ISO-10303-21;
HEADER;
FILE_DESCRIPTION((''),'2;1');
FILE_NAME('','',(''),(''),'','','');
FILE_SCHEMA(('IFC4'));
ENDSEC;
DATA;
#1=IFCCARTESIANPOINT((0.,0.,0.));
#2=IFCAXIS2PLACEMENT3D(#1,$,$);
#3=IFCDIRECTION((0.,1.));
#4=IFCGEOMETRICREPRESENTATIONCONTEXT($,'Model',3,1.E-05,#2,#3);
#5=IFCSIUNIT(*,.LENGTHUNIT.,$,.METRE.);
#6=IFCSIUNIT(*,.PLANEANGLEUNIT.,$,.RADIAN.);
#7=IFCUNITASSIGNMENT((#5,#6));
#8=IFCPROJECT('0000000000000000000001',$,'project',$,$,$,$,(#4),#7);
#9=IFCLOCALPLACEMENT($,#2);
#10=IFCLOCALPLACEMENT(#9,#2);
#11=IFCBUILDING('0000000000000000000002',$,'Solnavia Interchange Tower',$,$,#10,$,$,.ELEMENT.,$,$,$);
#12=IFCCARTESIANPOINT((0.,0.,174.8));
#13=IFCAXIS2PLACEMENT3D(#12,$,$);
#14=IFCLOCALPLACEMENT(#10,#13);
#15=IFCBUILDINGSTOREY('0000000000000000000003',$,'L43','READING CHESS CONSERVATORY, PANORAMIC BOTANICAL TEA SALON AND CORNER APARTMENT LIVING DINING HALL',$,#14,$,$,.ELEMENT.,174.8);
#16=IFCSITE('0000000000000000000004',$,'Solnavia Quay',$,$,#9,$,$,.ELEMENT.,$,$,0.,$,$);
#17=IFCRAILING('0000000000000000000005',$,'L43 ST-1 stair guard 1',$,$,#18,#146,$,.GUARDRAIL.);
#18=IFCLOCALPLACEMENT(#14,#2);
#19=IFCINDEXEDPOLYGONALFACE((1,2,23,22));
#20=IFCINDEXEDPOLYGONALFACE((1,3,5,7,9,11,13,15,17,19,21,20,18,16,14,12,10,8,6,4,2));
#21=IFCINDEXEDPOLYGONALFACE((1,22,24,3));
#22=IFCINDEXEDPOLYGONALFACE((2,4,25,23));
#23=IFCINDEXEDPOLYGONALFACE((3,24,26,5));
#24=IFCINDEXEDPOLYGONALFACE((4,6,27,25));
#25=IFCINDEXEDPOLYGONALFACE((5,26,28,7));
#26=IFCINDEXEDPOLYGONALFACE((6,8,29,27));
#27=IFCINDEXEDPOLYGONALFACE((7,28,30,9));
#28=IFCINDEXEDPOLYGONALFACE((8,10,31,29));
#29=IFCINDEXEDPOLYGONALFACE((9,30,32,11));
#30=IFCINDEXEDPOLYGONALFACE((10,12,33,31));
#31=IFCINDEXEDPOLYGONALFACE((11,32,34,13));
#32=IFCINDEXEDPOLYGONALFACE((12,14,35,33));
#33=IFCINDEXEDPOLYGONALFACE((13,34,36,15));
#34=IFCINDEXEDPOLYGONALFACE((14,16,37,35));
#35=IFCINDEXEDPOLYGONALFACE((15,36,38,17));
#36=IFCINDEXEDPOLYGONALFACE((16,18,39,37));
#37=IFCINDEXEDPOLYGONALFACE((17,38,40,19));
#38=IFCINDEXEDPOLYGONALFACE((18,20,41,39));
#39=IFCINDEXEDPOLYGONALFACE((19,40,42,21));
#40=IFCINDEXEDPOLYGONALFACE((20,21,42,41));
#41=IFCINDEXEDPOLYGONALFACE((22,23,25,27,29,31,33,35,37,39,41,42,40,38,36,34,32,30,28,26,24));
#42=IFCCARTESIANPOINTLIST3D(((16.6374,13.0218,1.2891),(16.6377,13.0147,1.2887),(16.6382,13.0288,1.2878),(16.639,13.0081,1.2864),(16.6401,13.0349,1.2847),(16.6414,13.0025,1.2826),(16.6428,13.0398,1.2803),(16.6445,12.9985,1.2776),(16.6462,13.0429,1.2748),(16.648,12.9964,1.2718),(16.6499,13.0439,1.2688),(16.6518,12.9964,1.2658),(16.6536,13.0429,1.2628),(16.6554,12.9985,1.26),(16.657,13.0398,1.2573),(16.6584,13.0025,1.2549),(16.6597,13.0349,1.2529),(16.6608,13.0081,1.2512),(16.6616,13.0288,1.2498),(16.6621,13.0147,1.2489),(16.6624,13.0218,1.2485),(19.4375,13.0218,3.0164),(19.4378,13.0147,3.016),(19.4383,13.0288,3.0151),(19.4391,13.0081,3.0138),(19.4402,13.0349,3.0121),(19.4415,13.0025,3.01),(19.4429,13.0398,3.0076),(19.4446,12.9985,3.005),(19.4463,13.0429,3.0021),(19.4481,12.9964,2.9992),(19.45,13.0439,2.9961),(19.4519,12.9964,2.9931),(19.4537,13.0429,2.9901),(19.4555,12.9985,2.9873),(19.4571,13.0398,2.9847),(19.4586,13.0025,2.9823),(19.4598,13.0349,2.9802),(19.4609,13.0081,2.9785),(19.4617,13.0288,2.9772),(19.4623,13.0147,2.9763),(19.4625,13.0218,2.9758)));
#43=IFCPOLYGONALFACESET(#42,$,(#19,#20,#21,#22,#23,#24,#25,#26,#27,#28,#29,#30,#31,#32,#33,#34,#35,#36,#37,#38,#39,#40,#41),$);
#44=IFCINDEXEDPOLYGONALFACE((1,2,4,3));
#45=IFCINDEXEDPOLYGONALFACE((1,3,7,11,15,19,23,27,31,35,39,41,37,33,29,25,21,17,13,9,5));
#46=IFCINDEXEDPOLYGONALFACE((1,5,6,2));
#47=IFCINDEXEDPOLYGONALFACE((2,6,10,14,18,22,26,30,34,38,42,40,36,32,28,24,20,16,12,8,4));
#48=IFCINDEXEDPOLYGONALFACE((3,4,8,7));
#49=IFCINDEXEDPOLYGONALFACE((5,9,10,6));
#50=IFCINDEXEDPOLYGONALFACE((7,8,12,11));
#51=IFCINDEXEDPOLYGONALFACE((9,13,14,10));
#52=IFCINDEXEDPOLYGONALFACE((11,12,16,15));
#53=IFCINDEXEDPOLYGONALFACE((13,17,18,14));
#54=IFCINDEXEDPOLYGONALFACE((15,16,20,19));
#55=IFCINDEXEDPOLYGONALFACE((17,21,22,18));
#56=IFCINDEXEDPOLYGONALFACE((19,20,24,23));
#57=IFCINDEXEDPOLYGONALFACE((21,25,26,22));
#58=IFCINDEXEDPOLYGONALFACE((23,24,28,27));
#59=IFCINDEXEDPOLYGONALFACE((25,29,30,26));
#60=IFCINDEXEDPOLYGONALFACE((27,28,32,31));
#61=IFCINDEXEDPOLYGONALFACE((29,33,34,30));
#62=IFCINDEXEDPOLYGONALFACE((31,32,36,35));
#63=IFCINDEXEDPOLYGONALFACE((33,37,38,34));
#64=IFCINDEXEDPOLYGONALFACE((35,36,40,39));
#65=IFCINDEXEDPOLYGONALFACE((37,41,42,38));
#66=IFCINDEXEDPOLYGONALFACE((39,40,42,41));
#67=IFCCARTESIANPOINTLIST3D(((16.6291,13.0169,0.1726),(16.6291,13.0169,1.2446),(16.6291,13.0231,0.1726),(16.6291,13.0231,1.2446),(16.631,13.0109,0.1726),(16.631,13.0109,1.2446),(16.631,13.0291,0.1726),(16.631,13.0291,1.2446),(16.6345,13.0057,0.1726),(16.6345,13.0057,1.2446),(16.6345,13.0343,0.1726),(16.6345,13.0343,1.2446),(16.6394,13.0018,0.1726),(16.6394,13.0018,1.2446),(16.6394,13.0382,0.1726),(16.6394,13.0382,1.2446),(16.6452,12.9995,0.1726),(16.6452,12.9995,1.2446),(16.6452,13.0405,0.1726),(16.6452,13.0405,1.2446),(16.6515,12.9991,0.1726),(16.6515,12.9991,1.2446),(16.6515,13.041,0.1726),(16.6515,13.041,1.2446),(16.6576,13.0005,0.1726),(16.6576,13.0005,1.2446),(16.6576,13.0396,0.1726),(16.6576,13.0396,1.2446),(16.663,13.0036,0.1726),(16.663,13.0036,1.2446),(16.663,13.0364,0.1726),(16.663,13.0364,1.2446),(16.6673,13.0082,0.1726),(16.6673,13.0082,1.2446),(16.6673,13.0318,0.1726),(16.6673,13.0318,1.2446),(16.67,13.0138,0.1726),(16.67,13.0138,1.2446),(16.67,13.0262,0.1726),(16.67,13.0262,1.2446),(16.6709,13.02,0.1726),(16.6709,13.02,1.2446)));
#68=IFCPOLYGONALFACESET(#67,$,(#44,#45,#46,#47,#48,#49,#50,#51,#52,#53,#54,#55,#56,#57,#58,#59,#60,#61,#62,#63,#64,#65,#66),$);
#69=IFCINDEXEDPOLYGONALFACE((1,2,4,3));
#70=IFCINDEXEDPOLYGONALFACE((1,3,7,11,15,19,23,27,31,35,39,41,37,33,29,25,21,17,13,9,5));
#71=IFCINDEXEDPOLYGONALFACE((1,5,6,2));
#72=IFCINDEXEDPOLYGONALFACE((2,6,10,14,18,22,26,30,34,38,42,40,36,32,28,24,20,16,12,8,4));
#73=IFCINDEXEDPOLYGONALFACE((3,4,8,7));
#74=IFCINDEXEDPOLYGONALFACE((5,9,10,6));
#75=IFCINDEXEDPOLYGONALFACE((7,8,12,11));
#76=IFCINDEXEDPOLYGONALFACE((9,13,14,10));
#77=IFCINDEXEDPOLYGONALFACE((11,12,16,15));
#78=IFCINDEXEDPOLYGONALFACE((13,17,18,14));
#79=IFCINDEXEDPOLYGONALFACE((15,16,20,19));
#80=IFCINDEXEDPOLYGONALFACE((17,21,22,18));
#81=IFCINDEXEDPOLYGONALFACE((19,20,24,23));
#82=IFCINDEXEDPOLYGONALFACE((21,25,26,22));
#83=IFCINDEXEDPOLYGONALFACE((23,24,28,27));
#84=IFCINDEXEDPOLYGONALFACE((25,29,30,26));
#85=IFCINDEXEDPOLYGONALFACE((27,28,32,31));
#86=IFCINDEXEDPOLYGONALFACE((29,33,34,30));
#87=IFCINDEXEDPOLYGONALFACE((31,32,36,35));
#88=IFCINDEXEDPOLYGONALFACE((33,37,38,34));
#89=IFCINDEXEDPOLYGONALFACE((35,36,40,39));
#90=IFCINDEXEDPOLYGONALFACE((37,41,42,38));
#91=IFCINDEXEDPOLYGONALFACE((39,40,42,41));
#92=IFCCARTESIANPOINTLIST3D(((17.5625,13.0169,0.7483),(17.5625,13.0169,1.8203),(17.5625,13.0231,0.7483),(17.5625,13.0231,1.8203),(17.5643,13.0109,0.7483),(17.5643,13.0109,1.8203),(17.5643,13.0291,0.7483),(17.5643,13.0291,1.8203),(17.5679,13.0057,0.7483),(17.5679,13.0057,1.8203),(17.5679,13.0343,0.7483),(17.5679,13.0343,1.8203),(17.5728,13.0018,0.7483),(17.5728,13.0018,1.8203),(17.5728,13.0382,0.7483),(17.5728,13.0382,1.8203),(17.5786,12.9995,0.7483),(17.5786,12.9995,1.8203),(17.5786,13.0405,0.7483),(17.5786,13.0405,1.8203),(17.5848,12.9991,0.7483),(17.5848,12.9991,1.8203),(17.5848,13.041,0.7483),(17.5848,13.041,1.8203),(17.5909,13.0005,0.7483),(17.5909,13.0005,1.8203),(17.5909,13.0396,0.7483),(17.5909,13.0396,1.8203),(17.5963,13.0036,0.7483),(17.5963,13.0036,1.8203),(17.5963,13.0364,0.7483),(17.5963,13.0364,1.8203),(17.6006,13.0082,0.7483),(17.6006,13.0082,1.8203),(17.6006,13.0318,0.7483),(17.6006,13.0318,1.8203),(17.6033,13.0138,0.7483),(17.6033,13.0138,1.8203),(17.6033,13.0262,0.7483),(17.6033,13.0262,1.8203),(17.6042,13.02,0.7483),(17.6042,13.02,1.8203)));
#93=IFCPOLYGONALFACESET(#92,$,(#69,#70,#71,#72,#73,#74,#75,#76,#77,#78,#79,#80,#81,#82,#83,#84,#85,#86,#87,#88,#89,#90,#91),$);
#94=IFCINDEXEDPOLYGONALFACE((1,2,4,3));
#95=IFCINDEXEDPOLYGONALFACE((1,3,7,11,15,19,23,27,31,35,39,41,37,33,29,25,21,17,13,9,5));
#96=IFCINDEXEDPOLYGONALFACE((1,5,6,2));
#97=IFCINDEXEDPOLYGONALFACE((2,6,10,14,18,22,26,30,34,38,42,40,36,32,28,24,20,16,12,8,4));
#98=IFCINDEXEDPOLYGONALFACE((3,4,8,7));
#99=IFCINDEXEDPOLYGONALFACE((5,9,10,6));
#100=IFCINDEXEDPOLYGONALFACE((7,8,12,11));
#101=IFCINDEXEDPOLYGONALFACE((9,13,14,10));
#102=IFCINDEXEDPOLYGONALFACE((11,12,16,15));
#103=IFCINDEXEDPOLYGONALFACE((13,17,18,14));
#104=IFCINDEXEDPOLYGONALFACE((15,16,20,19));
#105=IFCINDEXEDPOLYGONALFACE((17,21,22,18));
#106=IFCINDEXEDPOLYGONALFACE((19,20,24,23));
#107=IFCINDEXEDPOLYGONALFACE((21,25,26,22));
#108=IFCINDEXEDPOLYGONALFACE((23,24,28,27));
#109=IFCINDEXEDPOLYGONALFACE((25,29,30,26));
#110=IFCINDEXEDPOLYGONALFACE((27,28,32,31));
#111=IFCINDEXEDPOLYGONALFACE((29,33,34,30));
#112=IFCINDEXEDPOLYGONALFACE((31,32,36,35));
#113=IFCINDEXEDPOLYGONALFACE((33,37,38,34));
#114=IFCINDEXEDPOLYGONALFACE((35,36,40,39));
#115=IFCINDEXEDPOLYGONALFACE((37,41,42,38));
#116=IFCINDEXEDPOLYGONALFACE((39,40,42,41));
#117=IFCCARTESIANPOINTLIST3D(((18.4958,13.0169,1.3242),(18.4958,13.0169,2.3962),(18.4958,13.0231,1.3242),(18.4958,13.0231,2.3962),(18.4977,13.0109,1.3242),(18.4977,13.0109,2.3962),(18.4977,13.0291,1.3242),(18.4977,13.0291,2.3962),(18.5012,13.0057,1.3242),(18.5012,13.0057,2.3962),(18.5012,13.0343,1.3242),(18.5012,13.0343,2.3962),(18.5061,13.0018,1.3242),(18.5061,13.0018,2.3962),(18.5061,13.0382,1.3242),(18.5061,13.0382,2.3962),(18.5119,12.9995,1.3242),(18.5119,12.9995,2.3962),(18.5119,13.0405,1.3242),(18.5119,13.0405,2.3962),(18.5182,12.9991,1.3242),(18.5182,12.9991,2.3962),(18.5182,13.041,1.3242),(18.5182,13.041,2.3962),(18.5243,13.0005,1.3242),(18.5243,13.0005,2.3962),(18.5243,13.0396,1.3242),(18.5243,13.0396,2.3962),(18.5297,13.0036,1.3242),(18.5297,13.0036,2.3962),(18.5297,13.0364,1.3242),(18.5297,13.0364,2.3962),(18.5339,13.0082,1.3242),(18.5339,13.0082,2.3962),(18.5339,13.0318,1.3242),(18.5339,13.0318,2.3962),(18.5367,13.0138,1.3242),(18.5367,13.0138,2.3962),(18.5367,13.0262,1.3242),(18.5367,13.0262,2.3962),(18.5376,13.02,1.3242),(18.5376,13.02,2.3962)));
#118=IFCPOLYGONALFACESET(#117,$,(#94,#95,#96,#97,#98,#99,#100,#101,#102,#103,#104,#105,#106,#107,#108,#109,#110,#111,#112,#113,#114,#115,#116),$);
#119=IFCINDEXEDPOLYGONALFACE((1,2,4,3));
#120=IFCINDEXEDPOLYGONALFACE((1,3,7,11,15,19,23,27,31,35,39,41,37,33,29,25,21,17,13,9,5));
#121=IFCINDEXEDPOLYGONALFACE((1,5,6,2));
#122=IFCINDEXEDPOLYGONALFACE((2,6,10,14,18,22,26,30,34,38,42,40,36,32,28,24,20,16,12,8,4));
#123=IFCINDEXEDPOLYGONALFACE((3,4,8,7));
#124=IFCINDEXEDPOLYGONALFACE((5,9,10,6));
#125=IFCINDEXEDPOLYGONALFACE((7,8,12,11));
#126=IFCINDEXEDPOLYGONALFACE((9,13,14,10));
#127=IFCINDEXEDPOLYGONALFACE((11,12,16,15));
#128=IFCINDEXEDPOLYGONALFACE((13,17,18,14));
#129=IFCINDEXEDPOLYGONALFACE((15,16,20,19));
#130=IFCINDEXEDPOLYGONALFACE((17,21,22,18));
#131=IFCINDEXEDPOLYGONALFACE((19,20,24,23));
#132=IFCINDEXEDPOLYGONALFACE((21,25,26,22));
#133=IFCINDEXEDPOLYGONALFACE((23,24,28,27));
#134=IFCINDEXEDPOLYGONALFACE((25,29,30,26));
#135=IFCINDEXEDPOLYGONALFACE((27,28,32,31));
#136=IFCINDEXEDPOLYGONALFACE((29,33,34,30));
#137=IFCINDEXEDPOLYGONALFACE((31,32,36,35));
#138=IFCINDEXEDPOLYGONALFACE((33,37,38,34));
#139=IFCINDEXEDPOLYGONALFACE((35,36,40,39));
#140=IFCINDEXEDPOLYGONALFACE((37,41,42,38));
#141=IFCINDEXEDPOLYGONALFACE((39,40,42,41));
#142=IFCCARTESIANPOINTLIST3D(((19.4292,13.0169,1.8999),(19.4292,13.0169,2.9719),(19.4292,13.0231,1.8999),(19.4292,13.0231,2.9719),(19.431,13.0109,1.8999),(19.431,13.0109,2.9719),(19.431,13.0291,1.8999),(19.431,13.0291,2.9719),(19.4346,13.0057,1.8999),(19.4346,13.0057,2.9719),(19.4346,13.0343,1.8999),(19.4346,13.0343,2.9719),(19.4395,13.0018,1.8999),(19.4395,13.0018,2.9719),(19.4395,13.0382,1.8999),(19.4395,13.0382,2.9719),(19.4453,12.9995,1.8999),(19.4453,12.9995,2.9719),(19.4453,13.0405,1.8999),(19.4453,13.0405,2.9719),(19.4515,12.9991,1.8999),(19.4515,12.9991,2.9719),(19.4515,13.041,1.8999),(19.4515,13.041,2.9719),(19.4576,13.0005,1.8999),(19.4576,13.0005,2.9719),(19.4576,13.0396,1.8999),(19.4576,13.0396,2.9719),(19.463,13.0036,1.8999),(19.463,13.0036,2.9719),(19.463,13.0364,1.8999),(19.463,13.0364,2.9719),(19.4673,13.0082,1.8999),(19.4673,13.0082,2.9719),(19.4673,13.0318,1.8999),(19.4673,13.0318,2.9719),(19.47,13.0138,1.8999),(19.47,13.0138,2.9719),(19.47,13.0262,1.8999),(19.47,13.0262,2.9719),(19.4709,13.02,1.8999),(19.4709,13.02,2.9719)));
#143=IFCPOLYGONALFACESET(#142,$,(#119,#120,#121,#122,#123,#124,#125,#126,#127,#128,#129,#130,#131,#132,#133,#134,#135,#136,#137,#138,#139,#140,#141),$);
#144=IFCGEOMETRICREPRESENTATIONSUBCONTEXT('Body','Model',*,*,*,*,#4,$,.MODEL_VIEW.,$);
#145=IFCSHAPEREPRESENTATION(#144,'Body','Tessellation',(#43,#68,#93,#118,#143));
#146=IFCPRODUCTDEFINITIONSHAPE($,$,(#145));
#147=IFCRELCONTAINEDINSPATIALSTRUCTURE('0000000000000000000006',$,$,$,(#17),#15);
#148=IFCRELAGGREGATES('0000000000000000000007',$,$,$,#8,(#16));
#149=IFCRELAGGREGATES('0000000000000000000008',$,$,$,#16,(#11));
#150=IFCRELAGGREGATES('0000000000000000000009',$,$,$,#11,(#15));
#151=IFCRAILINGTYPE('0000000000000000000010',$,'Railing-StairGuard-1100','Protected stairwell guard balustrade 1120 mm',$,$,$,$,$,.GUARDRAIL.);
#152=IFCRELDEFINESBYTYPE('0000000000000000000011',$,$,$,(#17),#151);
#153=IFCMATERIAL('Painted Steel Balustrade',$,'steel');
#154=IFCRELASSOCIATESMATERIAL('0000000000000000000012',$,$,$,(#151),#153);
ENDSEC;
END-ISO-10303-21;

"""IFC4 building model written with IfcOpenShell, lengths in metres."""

from ifc_helpers import new_model, si_unit, direction, frame, origin, origin_2d, place, context, subcontext, project, spatial, circle, extrude, material, type_object, element, save


model = new_model("IFC4")

# Units and contexts
model_context = context("Model", 3, precision=1e-05, world=origin(), true_north=direction((0.0, 1.0)))
body_context = subcontext(model_context, "Body", "Model", "MODEL_VIEW")
ifc_project = project(units=[si_unit("LENGTHUNIT", "METRE"), si_unit("PLANEANGLEUNIT", "RADIAN")], contexts=[model_context])

# Site, building, storey
site_placement = place(None, origin())
site = spatial("IfcSite", under=ifc_project, at=site_placement, Name="Solnavia Quay", CompositionType="ELEMENT", RefElevation=0.0)
building_placement = place(site_placement, origin())
building = spatial("IfcBuilding", under=site, at=building_placement, Name="Solnavia Interchange Tower", CompositionType="ELEMENT")
storey_placement = place(building_placement, frame((0.0, 0.0, 174.8)))
storey = spatial("IfcBuildingStorey", under=building, at=storey_placement, Name="L43", Description="READING CHESS CONSERVATORY, PANORAMIC BOTANICAL TEA SALON AND CORNER APARTMENT LIVING DINING HALL", CompositionType="ELEMENT", Elevation=174.8)

# Railing
ifc_material_1 = material(Name="Painted Steel Balustrade", Category="steel")
railing_type_1 = type_object("IfcRailingType", Name="Railing-StairGuard-1100", Description="Protected stairwell guard balustrade 1120 mm", PredefinedType="GUARDRAIL", material=ifc_material_1)
railing_1_placement = place(storey_placement, frame((16.6499, 13.02, 0.1726)))
element("IfcRailing", 1, at=railing_1_placement, inside=storey, type_object=railing_type_1, Name="L43 ST-1 stair guard 1", PredefinedType="GUARDRAIL", context=body_context, shape_type="SweptSolid", body=[
    extrude(circle(Radius=0.0239, at=origin_2d()), frame((0.0, 0.0, 1.0962), z_axis=(0.85109, 0.0, 0.52502), x_axis=(0.0, 1.0, 0.0)), (0.0, 0.0, 1.0), 3.29),
    extrude(circle(Radius=0.021, at=origin_2d()), origin(), (0.0, 0.0, 1.0), 1.072),
    extrude(circle(Radius=0.021, at=origin_2d()), frame((0.9333, 0.0, 0.5757)), (0.0, 0.0, 1.0), 1.072),
    extrude(circle(Radius=0.021, at=origin_2d()), frame((1.8667, 0.0, 1.1516)), (0.0, 0.0, 1.0), 1.072),
    extrude(circle(Radius=0.021, at=origin_2d()), frame((2.8, 0.0, 1.7273)), (0.0, 0.0, 1.0), 1.072),
])

save(model, "model.ifc")
